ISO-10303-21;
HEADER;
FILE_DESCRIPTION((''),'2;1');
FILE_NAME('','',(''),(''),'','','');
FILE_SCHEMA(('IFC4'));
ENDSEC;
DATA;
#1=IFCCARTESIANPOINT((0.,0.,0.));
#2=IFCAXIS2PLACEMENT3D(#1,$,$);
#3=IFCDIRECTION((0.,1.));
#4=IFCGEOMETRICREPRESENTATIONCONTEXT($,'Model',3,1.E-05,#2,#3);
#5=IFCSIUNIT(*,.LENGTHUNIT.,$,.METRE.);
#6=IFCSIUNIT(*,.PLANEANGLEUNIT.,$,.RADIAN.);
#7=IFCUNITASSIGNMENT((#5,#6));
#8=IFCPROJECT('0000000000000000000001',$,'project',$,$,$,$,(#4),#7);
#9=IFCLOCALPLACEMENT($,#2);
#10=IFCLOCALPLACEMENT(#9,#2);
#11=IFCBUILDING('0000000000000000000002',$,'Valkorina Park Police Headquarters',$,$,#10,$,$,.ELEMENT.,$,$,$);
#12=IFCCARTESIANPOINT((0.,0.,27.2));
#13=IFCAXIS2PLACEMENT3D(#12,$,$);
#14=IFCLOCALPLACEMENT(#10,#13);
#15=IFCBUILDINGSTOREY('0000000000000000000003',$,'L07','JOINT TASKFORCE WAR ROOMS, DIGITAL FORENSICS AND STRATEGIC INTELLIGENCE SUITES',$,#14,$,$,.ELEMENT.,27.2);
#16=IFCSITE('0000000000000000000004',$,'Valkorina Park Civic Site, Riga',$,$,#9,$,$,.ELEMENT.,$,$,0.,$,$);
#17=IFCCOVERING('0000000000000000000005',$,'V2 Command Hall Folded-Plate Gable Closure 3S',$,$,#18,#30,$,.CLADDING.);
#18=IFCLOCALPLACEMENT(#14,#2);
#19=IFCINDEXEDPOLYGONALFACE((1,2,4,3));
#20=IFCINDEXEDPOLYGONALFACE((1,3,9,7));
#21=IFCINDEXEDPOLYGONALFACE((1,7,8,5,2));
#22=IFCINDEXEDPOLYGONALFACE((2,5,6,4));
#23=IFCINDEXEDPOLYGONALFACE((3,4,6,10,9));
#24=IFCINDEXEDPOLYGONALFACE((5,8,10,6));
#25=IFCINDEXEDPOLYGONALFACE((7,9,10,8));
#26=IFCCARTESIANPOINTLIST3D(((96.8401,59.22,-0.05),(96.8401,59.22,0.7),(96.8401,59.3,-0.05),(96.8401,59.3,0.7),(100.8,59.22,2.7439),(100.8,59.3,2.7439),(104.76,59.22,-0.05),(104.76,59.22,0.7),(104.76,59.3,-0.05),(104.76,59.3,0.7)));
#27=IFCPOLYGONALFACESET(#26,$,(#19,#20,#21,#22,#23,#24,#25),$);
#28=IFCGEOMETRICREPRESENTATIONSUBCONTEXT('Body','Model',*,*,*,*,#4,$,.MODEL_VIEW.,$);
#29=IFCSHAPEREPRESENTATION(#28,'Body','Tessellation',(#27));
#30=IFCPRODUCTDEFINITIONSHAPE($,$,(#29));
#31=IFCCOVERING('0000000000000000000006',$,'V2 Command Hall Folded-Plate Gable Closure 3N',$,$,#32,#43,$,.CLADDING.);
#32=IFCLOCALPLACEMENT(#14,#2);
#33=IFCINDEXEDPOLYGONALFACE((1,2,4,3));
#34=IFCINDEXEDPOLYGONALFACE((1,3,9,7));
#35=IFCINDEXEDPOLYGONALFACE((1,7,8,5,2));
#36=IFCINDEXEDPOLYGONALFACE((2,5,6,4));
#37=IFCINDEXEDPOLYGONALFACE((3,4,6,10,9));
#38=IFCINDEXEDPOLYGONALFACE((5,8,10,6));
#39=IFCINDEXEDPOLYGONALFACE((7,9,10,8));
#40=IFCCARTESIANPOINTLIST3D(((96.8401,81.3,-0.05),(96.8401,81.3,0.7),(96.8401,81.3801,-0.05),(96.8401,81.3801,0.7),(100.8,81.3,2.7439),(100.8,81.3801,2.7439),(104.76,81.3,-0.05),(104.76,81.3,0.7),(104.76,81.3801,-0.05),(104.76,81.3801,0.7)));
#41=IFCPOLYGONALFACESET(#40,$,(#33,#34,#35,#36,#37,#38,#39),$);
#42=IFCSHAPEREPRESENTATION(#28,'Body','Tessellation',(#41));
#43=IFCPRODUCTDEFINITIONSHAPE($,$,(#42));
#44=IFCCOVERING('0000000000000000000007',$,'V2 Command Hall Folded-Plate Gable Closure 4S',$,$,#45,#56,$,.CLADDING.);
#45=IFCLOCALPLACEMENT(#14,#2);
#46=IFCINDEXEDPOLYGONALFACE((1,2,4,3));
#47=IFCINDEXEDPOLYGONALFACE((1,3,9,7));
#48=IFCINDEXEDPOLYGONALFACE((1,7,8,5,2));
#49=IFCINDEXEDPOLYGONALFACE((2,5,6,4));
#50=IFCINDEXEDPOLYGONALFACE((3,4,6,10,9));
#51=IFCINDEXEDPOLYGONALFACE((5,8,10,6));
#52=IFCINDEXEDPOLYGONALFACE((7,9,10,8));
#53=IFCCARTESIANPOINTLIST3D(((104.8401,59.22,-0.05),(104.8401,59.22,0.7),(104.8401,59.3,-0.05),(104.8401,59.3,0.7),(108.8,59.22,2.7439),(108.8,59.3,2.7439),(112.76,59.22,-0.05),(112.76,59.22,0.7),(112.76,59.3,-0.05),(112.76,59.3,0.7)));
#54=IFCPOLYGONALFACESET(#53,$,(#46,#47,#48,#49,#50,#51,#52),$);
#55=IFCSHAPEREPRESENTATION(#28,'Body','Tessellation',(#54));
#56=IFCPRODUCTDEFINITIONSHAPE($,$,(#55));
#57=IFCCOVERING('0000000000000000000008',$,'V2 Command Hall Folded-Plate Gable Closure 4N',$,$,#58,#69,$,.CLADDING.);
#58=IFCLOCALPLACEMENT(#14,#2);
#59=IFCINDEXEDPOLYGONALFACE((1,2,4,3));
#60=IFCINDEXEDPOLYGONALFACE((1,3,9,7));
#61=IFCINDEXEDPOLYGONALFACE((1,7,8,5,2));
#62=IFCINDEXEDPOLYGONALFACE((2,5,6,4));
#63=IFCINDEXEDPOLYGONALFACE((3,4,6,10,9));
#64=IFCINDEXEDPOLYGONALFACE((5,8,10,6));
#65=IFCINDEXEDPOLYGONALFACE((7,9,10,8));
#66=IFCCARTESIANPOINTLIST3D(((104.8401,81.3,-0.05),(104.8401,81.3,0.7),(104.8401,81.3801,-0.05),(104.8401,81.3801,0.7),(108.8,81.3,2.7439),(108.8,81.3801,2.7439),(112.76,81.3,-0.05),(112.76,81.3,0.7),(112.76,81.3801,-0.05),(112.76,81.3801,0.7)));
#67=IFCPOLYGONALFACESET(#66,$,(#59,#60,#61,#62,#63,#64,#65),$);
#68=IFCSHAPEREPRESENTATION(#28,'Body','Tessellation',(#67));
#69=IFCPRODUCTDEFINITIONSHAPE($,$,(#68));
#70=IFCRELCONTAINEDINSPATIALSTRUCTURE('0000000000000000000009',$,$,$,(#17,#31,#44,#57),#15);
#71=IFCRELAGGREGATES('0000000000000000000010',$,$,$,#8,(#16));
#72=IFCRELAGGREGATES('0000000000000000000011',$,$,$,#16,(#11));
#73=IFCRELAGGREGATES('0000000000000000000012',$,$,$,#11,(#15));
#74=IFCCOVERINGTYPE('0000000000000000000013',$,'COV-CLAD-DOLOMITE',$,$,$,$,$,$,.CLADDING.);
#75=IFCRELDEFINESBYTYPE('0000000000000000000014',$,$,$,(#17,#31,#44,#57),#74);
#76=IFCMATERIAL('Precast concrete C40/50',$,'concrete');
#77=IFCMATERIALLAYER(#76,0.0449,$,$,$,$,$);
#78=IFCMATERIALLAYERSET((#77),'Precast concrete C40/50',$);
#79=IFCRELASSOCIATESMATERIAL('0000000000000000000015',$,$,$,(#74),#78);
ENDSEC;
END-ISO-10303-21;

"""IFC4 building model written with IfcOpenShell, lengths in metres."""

from ifc_helpers import new_model, si_unit, direction, frame, origin, place, context, subcontext, project, spatial, polyline, outline, extrude, material, layer, layer_set, type_object, element, save


model = new_model("IFC4")

# Units and contexts
model_context = context("Model", 3, precision=1e-05, world=origin(), true_north=direction((0.0, 1.0)))
body_context = subcontext(model_context, "Body", "Model", "MODEL_VIEW")
ifc_project = project(units=[si_unit("LENGTHUNIT", "METRE"), si_unit("PLANEANGLEUNIT", "RADIAN")], contexts=[model_context])

# Site, building, storey
site_placement = place(None, origin())
site = spatial("IfcSite", under=ifc_project, at=site_placement, Name="Valkorina Park Civic Site, Riga", CompositionType="ELEMENT", RefElevation=0.0)
building_placement = place(site_placement, origin())
building = spatial("IfcBuilding", under=site, at=building_placement, Name="Valkorina Park Police Headquarters", CompositionType="ELEMENT")
storey_placement = place(building_placement, frame((0.0, 0.0, 27.2)))
storey = spatial("IfcBuildingStorey", under=building, at=storey_placement, Name="L07", Description="JOINT TASKFORCE WAR ROOMS, DIGITAL FORENSICS AND STRATEGIC INTELLIGENCE SUITES", CompositionType="ELEMENT", Elevation=27.2)

# Coverings
ifc_material_1 = material(Name="Precast concrete C40/50", Category="concrete")
ifc_layer_1 = layer(ifc_material_1, 0.0449)
ifc_layer_set_1 = layer_set([ifc_layer_1], Name="Precast concrete C40/50")
covering_type = type_object("IfcCoveringType", Name="COV-CLAD-DOLOMITE", PredefinedType="CLADDING", material=ifc_layer_set_1)
for number, where, z_axis, x_axis, name in (
    (1, (96.8401, 59.26, -0.05), (0.0, 0.0, 1.0), (1.0, 0.0, 0.0), "V2 Command Hall Folded-Plate Gable Closure 3S"),
    (2, (96.8401, 81.3401, -0.05), (0.0, 0.0, 1.0), (1.0, 0.0, 0.0), "V2 Command Hall Folded-Plate Gable Closure 3N"),
    (3, (104.8401, 59.26, -0.05), (0.0, 0.0, 1.0), (1.0, 0.0, 0.0), "V2 Command Hall Folded-Plate Gable Closure 4S"),
    (4, (104.8401, 81.3401, -0.05), (0.0, 0.0, 1.0), (1.0, 0.0, 0.0), "V2 Command Hall Folded-Plate Gable Closure 4N"),
):
    element("IfcCovering", number, at=place(storey_placement, frame(where, z_axis=z_axis, x_axis=x_axis)), inside=storey, type_object=covering_type, Name=name, PredefinedType="CLADDING", context=body_context, shape_type="SweptSolid", body=[
        extrude(outline(polyline([(0.0, 0.0), (7.9199, 0.0), (7.9199, 0.75), (3.96, 2.7939), (0.0, 0.75), (0.0, 0.0)])), frame((0.0, 0.04, 0.0), z_axis=(0.0, -1.0, 0.0), x_axis=(1.0, 0.0, 0.0)), (0.0, 0.0, 1.0), 0.0801),
    ])

save(model, "model.ifc")
